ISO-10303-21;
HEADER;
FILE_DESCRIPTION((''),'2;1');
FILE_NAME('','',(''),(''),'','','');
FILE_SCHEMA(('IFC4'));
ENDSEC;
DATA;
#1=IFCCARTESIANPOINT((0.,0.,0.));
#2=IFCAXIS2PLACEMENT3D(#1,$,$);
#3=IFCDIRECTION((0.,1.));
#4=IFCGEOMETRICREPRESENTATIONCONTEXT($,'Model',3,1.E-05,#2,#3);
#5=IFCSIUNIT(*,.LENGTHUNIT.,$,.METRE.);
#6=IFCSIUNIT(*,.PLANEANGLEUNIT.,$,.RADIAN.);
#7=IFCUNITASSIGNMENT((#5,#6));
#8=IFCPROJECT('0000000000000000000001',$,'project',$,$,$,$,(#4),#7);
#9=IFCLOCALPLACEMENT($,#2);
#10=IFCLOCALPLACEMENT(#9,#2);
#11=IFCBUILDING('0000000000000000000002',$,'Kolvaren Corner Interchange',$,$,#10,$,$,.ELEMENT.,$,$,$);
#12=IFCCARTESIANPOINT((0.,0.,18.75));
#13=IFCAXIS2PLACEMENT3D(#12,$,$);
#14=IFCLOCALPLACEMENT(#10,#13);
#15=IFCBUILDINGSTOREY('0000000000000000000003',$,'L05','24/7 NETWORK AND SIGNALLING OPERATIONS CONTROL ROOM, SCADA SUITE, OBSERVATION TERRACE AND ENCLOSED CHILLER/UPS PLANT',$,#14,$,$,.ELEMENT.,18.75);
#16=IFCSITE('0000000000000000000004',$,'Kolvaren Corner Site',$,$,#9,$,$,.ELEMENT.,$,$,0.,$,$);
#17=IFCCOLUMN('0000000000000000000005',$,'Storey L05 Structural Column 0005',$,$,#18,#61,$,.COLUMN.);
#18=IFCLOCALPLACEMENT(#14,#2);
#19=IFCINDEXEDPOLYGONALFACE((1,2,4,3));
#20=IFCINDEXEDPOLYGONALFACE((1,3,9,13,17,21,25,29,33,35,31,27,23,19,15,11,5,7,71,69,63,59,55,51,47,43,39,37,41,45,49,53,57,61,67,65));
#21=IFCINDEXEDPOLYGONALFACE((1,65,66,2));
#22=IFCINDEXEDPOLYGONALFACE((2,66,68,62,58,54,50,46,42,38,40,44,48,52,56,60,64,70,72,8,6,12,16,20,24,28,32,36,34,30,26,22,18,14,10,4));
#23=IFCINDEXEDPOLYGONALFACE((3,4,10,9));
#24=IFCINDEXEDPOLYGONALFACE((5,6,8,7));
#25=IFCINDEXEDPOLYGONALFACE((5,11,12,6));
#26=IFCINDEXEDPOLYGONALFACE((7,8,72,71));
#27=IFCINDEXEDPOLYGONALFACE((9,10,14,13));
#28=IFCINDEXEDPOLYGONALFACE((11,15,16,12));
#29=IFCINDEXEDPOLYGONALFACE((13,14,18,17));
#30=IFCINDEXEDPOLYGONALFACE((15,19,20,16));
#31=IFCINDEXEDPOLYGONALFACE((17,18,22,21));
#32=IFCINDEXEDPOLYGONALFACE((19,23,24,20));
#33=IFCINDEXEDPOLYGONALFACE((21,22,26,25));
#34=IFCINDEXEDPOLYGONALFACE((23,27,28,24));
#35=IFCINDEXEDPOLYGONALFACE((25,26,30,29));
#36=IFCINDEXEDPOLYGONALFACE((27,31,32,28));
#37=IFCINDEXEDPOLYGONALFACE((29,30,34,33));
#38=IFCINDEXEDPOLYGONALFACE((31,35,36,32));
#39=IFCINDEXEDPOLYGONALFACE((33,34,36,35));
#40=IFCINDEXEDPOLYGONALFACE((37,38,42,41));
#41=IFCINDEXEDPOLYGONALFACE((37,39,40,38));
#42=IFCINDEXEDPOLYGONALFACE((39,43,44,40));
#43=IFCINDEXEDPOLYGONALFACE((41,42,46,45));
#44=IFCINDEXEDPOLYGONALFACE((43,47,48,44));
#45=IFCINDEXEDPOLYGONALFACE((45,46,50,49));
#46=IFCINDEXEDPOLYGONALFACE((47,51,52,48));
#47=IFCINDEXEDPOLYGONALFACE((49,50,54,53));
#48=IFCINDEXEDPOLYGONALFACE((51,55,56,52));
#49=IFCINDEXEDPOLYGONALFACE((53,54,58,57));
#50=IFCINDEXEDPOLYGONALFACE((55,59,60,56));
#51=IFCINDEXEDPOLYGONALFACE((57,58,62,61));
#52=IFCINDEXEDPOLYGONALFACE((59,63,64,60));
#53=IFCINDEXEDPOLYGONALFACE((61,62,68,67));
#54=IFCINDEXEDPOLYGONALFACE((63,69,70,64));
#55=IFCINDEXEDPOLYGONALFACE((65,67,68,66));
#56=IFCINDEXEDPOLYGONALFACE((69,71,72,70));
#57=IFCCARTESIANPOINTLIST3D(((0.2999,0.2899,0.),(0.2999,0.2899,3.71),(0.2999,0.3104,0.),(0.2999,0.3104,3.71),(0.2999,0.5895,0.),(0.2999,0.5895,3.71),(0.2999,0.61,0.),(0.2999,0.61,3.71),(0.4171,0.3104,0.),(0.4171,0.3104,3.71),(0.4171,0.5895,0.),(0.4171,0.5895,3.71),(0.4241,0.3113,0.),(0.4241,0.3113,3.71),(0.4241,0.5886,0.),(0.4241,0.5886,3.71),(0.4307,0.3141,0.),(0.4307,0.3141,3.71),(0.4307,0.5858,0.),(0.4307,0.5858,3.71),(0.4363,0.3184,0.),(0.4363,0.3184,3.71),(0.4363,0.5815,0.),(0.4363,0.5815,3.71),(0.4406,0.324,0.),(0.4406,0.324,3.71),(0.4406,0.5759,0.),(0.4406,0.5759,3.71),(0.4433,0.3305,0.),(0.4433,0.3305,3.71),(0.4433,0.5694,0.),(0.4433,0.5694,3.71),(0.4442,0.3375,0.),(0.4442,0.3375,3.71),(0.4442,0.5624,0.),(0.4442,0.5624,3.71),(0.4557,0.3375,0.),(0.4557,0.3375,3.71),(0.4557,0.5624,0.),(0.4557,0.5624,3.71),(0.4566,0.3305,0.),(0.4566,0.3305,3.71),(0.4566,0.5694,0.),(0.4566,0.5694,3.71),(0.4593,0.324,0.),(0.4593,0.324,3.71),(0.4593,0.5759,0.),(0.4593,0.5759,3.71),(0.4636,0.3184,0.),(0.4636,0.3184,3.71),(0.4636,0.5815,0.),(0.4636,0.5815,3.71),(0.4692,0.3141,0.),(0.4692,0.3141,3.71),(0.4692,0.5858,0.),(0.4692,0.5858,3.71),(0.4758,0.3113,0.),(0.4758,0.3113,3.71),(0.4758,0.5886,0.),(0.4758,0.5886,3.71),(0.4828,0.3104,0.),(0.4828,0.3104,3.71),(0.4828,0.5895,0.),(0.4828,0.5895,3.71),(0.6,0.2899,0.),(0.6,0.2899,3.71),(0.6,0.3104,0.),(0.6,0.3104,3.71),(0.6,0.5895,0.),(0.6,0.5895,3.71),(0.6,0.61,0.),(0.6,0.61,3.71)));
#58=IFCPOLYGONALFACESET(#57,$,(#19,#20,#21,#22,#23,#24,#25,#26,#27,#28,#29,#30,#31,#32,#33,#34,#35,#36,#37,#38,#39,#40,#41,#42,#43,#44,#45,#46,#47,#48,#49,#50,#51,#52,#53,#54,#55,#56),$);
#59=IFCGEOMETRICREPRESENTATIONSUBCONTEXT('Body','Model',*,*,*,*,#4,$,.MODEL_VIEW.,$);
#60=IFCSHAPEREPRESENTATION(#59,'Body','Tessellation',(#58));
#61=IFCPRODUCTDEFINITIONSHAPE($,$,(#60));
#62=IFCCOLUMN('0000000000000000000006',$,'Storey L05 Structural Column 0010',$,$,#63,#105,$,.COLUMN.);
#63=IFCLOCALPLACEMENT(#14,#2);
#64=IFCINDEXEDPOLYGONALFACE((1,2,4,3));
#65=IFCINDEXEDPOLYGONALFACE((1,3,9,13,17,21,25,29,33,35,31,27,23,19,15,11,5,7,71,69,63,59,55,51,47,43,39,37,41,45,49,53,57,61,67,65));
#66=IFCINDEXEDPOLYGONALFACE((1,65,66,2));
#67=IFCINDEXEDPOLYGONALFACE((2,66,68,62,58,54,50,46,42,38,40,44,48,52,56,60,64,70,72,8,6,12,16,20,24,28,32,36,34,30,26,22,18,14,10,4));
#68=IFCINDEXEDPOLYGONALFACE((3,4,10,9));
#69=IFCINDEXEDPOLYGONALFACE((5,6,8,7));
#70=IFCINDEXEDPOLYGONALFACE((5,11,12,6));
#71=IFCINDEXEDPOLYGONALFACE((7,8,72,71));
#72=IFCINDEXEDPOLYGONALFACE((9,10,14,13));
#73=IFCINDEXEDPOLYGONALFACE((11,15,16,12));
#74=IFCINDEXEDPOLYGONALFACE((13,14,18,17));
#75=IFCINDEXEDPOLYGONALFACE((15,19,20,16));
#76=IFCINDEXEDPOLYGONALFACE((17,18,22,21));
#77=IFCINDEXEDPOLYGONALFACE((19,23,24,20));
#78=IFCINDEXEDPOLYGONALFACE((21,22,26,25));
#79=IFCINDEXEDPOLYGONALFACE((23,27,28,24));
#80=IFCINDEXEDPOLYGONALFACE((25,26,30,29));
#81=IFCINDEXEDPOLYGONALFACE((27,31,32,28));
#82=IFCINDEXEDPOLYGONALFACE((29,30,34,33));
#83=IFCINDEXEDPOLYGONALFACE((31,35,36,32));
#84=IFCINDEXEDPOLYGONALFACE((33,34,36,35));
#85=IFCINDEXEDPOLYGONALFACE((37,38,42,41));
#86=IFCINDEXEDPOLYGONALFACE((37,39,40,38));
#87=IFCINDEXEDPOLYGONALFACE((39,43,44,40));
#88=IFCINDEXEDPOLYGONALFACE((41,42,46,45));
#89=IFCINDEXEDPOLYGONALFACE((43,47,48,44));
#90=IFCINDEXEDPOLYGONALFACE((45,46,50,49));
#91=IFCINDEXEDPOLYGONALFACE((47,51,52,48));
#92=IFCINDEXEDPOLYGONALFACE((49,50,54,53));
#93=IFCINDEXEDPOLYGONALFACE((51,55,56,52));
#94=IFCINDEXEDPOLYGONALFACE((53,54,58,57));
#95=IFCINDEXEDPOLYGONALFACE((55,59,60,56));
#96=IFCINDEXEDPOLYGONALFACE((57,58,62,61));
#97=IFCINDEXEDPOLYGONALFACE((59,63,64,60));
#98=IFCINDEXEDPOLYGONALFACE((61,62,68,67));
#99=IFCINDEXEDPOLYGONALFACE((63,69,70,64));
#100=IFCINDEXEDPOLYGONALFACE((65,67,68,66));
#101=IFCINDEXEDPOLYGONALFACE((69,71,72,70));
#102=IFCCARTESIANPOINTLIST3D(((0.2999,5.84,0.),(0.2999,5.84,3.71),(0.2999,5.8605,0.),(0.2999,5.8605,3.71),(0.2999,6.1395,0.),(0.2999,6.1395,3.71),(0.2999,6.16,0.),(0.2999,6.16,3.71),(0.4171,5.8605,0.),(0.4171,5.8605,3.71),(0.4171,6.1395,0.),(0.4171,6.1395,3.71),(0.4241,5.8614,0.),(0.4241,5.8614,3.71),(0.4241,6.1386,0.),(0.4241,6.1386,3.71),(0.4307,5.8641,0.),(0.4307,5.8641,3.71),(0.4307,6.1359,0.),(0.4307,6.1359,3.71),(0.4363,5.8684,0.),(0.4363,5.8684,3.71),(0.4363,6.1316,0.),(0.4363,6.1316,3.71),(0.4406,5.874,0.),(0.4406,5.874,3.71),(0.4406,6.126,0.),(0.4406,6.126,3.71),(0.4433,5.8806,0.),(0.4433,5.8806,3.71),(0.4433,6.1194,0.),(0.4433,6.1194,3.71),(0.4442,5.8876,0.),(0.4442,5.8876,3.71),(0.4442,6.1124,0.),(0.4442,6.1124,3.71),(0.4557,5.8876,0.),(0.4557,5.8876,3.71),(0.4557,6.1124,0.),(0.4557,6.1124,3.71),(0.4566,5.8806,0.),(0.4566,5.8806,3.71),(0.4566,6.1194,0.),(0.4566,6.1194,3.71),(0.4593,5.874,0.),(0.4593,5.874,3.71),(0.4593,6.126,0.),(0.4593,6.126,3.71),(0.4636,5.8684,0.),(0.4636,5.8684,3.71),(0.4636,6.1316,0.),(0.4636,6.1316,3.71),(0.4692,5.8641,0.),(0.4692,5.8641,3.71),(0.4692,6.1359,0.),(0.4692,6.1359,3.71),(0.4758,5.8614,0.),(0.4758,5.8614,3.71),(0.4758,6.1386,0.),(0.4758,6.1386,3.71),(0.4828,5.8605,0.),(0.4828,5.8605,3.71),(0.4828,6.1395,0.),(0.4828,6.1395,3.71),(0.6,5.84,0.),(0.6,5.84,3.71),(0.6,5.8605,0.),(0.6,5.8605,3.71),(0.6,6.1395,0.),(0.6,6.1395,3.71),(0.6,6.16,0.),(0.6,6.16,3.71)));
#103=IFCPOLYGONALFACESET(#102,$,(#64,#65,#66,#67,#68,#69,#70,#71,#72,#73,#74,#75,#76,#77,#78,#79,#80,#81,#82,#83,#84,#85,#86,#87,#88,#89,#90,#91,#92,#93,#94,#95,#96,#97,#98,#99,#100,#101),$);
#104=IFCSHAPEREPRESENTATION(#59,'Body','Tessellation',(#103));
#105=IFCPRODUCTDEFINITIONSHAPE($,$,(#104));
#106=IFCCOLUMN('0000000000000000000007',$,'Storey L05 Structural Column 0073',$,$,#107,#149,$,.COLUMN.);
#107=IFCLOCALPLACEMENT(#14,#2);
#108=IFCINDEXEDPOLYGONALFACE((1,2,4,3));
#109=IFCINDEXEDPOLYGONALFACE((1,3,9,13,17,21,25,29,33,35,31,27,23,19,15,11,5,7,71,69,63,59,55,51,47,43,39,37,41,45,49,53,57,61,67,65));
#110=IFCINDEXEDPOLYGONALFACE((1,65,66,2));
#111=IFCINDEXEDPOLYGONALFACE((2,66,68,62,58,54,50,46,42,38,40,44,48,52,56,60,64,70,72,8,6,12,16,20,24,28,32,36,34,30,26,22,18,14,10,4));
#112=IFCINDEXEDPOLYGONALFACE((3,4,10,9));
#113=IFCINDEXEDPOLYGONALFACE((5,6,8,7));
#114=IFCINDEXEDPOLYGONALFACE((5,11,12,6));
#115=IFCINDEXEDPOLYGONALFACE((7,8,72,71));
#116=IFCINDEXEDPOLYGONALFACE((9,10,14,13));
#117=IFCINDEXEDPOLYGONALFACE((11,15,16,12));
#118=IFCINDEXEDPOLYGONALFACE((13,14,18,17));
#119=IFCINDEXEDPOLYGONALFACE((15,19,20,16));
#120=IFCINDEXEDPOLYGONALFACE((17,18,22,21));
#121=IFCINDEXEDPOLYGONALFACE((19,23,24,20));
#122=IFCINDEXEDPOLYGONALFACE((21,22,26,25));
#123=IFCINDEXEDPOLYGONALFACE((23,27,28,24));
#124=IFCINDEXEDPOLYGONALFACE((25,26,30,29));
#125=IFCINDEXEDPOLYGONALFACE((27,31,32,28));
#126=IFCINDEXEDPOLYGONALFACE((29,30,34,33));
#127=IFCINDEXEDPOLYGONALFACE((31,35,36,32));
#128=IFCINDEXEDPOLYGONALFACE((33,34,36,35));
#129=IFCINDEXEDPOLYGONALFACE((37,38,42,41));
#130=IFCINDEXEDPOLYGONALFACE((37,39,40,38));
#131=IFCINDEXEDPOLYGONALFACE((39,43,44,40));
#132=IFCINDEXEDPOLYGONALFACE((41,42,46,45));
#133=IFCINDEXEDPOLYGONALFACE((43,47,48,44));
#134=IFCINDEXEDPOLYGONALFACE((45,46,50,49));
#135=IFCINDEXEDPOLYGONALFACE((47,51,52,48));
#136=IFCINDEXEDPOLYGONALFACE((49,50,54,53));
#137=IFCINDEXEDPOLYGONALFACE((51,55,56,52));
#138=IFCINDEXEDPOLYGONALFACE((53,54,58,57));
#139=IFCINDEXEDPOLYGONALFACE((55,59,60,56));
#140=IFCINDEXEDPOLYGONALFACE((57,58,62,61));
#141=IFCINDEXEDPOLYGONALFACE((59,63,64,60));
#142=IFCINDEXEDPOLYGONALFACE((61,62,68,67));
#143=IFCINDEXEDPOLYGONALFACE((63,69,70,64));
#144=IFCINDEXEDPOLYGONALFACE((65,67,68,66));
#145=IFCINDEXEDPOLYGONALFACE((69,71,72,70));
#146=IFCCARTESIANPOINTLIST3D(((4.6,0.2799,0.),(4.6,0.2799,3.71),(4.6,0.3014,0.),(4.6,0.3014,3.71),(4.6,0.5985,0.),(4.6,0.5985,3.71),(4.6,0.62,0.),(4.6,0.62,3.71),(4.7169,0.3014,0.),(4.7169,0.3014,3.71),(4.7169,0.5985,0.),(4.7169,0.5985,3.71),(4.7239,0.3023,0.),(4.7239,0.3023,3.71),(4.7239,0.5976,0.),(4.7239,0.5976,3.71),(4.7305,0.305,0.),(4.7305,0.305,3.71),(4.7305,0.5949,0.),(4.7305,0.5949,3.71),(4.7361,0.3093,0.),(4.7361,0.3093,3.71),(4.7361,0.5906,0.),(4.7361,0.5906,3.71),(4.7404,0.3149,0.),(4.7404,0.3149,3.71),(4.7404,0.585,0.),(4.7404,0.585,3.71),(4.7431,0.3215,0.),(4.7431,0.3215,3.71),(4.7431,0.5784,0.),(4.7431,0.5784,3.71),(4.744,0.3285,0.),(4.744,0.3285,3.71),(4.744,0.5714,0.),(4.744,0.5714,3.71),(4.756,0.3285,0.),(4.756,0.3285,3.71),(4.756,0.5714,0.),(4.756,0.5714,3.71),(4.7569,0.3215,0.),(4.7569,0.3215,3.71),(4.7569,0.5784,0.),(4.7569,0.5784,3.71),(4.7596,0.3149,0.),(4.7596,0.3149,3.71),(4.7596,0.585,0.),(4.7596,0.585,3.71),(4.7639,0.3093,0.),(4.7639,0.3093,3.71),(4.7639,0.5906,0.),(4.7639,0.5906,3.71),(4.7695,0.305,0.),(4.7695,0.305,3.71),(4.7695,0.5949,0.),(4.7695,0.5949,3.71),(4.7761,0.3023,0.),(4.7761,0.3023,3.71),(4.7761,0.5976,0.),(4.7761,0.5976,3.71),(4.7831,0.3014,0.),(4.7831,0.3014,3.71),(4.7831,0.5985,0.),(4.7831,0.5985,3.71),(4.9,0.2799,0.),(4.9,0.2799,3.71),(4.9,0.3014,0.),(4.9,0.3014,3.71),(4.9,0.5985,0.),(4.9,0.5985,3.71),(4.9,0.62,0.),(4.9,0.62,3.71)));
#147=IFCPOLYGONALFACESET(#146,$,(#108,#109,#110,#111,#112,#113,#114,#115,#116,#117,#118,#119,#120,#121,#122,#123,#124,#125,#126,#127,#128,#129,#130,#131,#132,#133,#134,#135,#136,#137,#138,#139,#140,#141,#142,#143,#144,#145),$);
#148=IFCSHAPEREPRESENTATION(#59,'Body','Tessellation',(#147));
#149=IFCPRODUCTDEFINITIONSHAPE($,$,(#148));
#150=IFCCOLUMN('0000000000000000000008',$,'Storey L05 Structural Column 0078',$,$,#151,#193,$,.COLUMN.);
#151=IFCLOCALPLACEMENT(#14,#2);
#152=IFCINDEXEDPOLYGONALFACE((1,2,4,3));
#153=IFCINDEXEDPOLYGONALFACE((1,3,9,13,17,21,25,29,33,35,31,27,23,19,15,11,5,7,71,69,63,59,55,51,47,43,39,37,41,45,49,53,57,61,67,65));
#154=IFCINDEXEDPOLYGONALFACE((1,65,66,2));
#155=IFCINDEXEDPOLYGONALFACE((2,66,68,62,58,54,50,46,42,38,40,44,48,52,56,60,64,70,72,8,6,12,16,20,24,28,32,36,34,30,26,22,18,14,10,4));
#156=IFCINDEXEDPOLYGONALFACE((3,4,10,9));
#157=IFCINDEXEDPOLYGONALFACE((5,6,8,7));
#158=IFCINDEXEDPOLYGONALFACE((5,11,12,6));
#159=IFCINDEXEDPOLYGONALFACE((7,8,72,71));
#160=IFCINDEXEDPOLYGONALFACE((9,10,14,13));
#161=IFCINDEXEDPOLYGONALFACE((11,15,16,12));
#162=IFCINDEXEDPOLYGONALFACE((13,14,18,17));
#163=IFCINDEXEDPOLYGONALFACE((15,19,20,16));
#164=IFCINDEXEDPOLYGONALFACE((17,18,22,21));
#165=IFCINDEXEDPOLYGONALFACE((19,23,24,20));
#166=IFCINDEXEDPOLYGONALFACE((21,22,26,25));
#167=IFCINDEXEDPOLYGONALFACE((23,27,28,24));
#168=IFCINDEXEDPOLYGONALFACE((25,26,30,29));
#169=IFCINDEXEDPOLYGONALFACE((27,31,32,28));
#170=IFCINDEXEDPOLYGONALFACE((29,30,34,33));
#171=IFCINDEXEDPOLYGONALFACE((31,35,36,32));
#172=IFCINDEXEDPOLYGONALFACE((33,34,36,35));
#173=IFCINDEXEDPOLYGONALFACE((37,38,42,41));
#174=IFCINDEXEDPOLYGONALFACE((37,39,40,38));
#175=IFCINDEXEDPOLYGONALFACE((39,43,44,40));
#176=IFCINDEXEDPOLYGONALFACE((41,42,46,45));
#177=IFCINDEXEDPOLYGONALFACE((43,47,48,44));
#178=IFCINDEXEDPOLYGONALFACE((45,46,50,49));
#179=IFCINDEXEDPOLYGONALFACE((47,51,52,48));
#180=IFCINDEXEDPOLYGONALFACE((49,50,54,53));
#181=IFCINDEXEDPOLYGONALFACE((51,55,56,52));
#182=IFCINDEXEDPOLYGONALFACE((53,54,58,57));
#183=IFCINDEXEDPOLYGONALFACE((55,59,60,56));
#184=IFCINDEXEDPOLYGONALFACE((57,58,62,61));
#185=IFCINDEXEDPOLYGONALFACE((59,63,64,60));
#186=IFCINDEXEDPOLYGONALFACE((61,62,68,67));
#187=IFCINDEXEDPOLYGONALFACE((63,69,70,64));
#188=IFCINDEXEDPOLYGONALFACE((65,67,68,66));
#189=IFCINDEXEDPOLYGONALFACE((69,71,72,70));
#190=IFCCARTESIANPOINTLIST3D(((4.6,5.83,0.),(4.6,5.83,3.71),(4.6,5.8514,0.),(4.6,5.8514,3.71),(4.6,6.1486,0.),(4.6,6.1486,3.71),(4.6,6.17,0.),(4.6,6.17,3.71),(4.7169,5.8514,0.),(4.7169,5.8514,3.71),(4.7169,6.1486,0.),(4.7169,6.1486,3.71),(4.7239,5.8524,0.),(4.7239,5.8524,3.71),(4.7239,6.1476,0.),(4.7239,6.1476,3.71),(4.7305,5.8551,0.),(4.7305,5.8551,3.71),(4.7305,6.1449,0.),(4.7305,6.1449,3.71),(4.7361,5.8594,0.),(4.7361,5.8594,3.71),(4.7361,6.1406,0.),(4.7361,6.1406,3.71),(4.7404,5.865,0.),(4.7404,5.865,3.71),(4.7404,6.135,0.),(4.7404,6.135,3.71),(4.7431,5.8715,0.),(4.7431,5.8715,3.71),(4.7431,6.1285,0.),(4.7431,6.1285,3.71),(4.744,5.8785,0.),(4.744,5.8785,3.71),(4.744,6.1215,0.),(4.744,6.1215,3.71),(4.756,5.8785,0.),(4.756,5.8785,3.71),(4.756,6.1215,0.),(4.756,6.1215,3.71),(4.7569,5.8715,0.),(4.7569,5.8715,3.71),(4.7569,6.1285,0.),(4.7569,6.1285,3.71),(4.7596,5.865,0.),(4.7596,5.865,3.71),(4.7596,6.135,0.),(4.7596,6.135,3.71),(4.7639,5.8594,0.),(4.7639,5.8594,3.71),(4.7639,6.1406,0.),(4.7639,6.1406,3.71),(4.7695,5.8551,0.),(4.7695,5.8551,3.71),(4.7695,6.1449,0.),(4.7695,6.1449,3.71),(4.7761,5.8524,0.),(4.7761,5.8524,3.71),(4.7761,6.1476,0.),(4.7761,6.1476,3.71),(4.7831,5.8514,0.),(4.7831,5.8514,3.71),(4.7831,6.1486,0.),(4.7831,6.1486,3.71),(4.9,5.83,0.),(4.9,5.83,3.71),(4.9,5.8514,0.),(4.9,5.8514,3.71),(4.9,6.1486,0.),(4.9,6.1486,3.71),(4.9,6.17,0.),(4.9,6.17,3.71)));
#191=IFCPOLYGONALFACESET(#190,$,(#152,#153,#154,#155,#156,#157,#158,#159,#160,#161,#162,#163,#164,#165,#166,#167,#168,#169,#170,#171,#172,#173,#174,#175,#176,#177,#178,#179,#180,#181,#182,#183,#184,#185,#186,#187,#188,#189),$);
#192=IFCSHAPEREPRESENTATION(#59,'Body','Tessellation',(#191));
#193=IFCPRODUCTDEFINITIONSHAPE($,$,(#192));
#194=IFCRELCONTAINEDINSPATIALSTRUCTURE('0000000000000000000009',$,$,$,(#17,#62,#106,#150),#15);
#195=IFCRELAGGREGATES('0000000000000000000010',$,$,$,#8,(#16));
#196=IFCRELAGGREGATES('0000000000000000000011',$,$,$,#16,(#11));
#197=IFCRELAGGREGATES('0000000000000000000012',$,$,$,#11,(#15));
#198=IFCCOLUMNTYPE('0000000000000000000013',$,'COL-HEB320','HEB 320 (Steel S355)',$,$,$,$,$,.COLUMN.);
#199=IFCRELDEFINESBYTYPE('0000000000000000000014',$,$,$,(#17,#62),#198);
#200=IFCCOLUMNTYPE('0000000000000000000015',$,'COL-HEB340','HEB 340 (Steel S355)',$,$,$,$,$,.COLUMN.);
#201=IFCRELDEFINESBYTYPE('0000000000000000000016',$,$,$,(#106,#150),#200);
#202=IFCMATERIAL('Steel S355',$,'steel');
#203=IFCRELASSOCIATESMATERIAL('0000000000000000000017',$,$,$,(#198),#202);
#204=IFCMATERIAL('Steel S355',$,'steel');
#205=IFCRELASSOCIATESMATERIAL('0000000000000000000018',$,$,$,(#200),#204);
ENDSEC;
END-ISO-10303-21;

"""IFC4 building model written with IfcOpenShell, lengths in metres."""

from ifc_helpers import new_model, si_unit, direction, frame, origin, origin_2d, place, context, subcontext, project, spatial, i_section, extrude, material, material_profile, profile_set, type_object, element, save


model = new_model("IFC4")

# Units and contexts
model_context = context("Model", 3, precision=1e-05, world=origin(), true_north=direction((0.0, 1.0)))
body_context = subcontext(model_context, "Body", "Model", "MODEL_VIEW")
ifc_project = project(units=[si_unit("LENGTHUNIT", "METRE"), si_unit("PLANEANGLEUNIT", "RADIAN")], contexts=[model_context])

# Site, building, storey
site_placement = place(None, origin())
site = spatial("IfcSite", under=ifc_project, at=site_placement, Name="Kolvaren Corner Site", CompositionType="ELEMENT", RefElevation=0.0)
building_placement = place(site_placement, origin())
building = spatial("IfcBuilding", under=site, at=building_placement, Name="Kolvaren Corner Interchange", CompositionType="ELEMENT")
storey_placement = place(building_placement, frame((0.0, 0.0, 18.75)))
storey = spatial("IfcBuildingStorey", under=building, at=storey_placement, Name="L05", Description="24/7 NETWORK AND SIGNALLING OPERATIONS CONTROL ROOM, SCADA SUITE, OBSERVATION TERRACE AND ENCLOSED CHILLER/UPS PLANT", CompositionType="ELEMENT", Elevation=18.75)

# Columns
ifc_material_1 = material(Name="Steel S355", Category="steel")
ifc_material_profile_1 = material_profile(ifc_material_1, i_section(OverallWidth=0.3, OverallDepth=0.3201, WebThickness=0.0115, FlangeThickness=0.0205, FilletRadius=0.0271, at=origin_2d()), Name="HEB 320")
ifc_profile_set_1 = profile_set([ifc_material_profile_1], Name="Steel S355")
column_type_1 = type_object("IfcColumnType", Name="COL-HEB320", Description="HEB 320 (Steel S355)", PredefinedType="COLUMN", material=ifc_profile_set_1)
for number, where, z_axis, x_axis, name in (
    (1, (0.45, 0.45, 0.0), (0.0, 0.0, 1.0), (1.0, 0.0, 0.0), "Storey L05 Structural Column 0005"),
    (2, (0.45, 6.0, 0.0), (0.0, 0.0, 1.0), (1.0, 0.0, 0.0), "Storey L05 Structural Column 0010"),
):
    element("IfcColumn", number, at=place(storey_placement, frame(where, z_axis=z_axis, x_axis=x_axis)), inside=storey, type_object=column_type_1, Name=name, PredefinedType="COLUMN", context=body_context, shape_type="SweptSolid", body=[
        extrude(i_section(OverallWidth=0.3, OverallDepth=0.3201, WebThickness=0.0115, FlangeThickness=0.0205, FilletRadius=0.0271, at=origin_2d()), origin(), (0.0, 0.0, 1.0), 3.71),
    ])
ifc_material_2 = material(Name="Steel S355", Category="steel")
ifc_material_profile_2 = material_profile(ifc_material_2, i_section(OverallWidth=0.3, OverallDepth=0.3401, WebThickness=0.012, FlangeThickness=0.0215, FilletRadius=0.0271, at=origin_2d()), Name="HEB 340")
ifc_profile_set_2 = profile_set([ifc_material_profile_2], Name="Steel S355")
column_type_2 = type_object("IfcColumnType", Name="COL-HEB340", Description="HEB 340 (Steel S355)", PredefinedType="COLUMN", material=ifc_profile_set_2)
for number, where, z_axis, x_axis, name in (
    (3, (4.75, 0.45, 0.0), (0.0, 0.0, 1.0), (1.0, 0.0, 0.0), "Storey L05 Structural Column 0073"),
    (4, (4.75, 6.0, 0.0), (0.0, 0.0, 1.0), (1.0, 0.0, 0.0), "Storey L05 Structural Column 0078"),
):
    element("IfcColumn", number, at=place(storey_placement, frame(where, z_axis=z_axis, x_axis=x_axis)), inside=storey, type_object=column_type_2, Name=name, PredefinedType="COLUMN", context=body_context, shape_type="SweptSolid", body=[
        extrude(i_section(OverallWidth=0.3, OverallDepth=0.3401, WebThickness=0.012, FlangeThickness=0.0215, FilletRadius=0.0271, at=origin_2d()), origin(), (0.0, 0.0, 1.0), 3.71),
    ])

save(model, "model.ifc")
